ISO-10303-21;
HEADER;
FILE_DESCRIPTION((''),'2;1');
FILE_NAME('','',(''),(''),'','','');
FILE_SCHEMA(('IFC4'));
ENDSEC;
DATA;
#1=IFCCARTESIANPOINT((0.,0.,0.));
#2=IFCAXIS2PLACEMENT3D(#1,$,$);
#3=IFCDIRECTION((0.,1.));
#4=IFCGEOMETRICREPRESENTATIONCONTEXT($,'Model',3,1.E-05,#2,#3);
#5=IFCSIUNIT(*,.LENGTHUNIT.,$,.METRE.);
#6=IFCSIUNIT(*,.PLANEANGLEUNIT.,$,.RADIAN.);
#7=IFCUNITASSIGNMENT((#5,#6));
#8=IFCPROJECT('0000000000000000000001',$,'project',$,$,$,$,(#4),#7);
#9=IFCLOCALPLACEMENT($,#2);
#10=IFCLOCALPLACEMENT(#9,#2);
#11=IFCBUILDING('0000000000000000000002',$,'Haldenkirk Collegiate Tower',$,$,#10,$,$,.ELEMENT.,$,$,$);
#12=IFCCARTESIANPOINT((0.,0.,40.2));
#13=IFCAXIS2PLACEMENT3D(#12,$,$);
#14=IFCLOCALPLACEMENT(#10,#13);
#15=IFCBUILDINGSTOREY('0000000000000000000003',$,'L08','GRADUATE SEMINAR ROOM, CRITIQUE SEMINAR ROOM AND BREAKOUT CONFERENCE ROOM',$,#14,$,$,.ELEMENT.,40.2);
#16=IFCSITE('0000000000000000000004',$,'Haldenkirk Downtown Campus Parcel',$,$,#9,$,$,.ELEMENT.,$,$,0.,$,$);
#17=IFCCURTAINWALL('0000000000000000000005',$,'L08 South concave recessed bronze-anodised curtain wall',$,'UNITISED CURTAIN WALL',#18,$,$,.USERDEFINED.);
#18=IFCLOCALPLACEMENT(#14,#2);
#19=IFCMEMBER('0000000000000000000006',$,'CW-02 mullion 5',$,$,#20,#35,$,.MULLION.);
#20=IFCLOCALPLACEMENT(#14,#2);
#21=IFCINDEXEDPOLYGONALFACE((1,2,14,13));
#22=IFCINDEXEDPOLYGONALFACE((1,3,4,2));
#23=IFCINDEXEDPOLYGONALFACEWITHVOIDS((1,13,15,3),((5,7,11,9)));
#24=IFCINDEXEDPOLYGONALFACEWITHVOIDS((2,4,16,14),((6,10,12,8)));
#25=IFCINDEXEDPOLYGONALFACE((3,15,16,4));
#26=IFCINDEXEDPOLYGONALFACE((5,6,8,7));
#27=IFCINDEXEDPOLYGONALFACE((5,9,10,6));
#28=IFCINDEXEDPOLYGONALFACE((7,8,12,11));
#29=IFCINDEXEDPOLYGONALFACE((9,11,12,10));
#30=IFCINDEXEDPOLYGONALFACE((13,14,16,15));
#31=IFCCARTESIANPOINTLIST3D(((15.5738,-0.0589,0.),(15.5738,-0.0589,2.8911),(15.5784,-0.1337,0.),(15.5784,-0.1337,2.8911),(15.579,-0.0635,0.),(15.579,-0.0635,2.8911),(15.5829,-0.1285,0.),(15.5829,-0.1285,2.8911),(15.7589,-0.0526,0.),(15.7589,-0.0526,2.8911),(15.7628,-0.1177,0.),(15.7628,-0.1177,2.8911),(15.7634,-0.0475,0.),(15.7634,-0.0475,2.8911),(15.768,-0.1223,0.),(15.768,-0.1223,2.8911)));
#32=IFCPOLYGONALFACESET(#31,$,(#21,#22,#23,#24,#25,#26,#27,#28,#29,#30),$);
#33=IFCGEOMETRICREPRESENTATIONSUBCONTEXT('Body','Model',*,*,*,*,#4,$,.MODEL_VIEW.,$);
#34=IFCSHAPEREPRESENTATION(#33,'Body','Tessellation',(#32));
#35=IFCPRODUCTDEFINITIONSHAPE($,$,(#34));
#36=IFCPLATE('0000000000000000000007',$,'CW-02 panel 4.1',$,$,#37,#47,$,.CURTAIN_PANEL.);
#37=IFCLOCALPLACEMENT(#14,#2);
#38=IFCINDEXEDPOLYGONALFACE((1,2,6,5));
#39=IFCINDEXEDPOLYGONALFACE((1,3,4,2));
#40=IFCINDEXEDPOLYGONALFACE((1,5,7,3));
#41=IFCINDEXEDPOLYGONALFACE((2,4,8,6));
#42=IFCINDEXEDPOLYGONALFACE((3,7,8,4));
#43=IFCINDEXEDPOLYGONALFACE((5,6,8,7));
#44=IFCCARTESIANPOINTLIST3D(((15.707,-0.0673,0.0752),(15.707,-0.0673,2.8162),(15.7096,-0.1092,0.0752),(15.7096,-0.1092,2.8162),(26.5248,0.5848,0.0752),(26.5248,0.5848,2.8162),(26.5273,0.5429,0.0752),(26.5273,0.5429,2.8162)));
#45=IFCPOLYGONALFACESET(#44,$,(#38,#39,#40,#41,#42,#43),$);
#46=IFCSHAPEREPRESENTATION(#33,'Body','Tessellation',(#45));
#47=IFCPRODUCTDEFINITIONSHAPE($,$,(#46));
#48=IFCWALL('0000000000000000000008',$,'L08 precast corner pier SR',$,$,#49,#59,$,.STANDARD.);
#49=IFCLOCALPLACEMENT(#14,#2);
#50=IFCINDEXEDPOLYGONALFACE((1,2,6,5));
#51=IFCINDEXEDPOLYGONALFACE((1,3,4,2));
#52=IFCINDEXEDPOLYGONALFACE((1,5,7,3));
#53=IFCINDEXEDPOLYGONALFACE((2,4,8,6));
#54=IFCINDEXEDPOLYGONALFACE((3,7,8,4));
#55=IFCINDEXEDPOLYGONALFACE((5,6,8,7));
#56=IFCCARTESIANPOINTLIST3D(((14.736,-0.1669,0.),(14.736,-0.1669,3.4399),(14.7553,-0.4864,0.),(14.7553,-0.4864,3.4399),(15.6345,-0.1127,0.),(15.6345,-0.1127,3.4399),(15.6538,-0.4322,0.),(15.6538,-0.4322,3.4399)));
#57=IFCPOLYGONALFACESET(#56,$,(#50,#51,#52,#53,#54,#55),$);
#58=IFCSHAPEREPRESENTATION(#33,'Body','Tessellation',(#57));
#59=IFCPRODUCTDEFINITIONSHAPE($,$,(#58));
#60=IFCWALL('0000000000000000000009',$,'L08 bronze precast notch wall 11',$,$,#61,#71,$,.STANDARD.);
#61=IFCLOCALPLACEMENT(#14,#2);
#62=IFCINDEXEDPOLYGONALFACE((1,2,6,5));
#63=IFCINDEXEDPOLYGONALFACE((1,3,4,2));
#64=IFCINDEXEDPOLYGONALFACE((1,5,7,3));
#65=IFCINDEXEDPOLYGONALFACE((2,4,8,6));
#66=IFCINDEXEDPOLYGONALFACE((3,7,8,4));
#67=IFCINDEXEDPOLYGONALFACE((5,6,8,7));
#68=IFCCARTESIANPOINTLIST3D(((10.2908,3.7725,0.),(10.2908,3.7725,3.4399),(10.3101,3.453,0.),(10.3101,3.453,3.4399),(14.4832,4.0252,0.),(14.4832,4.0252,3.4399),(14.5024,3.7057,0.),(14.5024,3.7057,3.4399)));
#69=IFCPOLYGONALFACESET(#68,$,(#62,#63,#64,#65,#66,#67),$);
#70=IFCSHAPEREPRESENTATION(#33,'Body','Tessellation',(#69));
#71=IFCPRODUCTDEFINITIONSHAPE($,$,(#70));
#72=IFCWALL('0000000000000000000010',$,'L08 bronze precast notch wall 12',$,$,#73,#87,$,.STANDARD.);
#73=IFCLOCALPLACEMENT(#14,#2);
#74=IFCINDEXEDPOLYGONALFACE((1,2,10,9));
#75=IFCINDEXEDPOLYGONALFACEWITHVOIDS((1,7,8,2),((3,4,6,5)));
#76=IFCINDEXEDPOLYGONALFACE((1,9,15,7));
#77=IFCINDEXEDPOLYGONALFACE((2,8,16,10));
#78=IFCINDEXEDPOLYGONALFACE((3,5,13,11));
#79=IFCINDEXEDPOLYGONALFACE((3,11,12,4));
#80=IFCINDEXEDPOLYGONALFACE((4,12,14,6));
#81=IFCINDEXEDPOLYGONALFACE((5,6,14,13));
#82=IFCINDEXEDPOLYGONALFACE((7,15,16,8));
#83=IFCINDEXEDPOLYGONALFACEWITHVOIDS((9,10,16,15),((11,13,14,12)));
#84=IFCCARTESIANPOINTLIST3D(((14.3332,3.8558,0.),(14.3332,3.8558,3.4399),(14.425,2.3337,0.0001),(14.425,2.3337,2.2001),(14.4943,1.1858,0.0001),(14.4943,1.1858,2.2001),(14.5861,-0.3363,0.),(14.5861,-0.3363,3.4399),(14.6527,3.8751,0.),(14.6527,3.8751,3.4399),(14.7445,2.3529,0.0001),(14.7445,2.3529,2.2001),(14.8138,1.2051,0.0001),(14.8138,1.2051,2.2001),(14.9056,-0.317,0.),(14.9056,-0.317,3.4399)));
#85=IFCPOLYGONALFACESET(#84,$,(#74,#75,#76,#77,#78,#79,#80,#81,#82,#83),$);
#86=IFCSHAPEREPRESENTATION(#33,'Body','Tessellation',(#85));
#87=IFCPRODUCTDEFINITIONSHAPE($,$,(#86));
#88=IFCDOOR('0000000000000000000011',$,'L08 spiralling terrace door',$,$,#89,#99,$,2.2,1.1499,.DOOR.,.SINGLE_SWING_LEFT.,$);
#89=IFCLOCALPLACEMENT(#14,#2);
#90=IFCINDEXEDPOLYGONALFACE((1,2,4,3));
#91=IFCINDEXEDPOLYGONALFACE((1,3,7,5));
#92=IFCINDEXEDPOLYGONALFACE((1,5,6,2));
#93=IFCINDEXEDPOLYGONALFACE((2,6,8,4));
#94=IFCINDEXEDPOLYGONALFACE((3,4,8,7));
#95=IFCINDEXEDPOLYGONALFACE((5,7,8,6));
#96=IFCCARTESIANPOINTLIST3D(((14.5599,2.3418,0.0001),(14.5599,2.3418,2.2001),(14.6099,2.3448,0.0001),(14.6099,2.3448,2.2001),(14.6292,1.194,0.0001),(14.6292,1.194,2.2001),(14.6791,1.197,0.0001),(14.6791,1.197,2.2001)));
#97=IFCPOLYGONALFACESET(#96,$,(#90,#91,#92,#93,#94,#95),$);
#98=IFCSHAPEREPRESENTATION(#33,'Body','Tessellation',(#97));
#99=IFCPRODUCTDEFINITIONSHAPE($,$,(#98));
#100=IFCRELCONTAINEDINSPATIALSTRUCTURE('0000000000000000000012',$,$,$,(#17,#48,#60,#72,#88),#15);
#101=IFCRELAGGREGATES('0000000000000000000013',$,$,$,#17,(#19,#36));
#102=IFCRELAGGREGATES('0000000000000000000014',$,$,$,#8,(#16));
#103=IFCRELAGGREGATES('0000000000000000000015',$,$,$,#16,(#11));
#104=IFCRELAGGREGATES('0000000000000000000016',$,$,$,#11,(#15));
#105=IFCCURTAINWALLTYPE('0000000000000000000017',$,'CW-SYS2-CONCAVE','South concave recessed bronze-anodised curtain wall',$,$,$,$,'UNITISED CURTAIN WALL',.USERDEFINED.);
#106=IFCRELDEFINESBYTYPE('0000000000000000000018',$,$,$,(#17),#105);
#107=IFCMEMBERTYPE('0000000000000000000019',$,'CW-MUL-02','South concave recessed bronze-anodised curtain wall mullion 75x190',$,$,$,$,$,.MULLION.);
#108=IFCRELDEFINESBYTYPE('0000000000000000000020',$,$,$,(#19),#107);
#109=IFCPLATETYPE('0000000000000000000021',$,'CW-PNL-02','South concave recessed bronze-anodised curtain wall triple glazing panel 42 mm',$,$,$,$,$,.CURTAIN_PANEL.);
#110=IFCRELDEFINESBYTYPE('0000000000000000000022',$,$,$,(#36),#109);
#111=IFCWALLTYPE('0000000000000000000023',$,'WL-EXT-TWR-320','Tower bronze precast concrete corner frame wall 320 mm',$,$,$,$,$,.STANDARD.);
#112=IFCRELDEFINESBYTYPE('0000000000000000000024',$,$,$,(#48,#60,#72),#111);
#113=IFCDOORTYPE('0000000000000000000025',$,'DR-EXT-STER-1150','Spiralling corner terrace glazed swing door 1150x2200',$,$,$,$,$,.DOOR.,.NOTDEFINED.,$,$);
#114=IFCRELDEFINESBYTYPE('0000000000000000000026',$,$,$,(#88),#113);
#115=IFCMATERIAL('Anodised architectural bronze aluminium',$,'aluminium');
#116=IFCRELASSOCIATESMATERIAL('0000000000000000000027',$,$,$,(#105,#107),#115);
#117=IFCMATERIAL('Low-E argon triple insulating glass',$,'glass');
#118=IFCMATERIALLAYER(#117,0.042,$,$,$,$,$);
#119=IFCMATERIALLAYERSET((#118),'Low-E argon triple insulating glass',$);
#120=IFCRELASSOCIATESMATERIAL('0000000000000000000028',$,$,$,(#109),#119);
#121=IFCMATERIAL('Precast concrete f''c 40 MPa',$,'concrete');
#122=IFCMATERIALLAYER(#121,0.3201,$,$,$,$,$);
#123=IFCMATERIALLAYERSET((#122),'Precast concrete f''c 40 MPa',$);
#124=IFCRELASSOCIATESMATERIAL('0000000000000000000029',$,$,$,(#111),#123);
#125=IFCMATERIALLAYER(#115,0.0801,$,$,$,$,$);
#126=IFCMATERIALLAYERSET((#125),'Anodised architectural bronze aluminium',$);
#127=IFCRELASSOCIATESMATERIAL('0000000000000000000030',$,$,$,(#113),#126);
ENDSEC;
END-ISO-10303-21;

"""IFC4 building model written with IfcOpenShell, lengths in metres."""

from ifc_helpers import new_model, si_unit, direction, frame, frame_2d, origin, origin_2d, place, context, subcontext, project, spatial, rectangle, hollow_rectangle, extrude, source, transform, mapped, material, layer, layer_set, material_profile, profile_set, type_object, element, fill, aggregate, save


model = new_model("IFC4")

# Units and contexts
model_context = context("Model", 3, precision=1e-05, world=origin(), true_north=direction((0.0, 1.0)))
body_context = subcontext(model_context, "Body", "Model", "MODEL_VIEW")
ifc_project = project(units=[si_unit("LENGTHUNIT", "METRE"), si_unit("PLANEANGLEUNIT", "RADIAN")], contexts=[model_context])

# Site, building, storey
site_placement = place(None, origin())
site = spatial("IfcSite", under=ifc_project, at=site_placement, Name="Haldenkirk Downtown Campus Parcel", CompositionType="ELEMENT", RefElevation=0.0)
building_placement = place(site_placement, origin())
building = spatial("IfcBuilding", under=site, at=building_placement, Name="Haldenkirk Collegiate Tower", CompositionType="ELEMENT")
storey_placement = place(building_placement, frame((0.0, 0.0, 40.2)))
storey = spatial("IfcBuildingStorey", under=building, at=storey_placement, Name="L08", Description="GRADUATE SEMINAR ROOM, CRITIQUE SEMINAR ROOM AND BREAKOUT CONFERENCE ROOM", CompositionType="ELEMENT", Elevation=40.2)

# Curtain wall, member, plate
ifc_material_1 = material(Name="Anodised architectural bronze aluminium", Category="aluminium")
curtain_wall_type = type_object("IfcCurtainWallType", Name="CW-SYS2-CONCAVE", Description="South concave recessed bronze-anodised curtain wall", ElementType="UNITISED CURTAIN WALL", PredefinedType="USERDEFINED", material=ifc_material_1)
curtain_wall_placement = place(storey_placement, origin())
curtain_wall = element("IfcCurtainWall", 1, at=curtain_wall_placement, inside=storey, type_object=curtain_wall_type, Name="L08 South concave recessed bronze-anodised curtain wall", ObjectType="UNITISED CURTAIN WALL", PredefinedType="USERDEFINED")
ifc_material_profile_1 = material_profile(ifc_material_1, hollow_rectangle(XDim=0.075, YDim=0.1899, WallThickness=0.0049, at=origin_2d()), Name="CW-MUL-02")
ifc_profile_set_1 = profile_set([ifc_material_profile_1], Name="Anodised architectural bronze aluminium")
member_type = type_object("IfcMemberType", Name="CW-MUL-02", Description="South concave recessed bronze-anodised curtain wall mullion 75x190", PredefinedType="MULLION", material=ifc_profile_set_1)
member_placement = place(storey_placement, frame((15.6709, -0.0906, 0.0), z_axis=(0.0, 0.0, 1.0), x_axis=(0.060176, -0.998188, 0.0)))
member = element("IfcMember", 2, at=member_placement, type_object=member_type, Name="CW-02 mullion 5", PredefinedType="MULLION", context=body_context, shape_type="SweptSolid", body=[
    extrude(hollow_rectangle(XDim=0.075, YDim=0.1899, WallThickness=0.0049, at=origin_2d()), origin(), (0.0, 0.0, 1.0), 2.8911),
])
ifc_material_2 = material(Name="Low-E argon triple insulating glass", Category="glass")
ifc_layer_1 = layer(ifc_material_2, 0.042)
ifc_layer_set_1 = layer_set([ifc_layer_1], Name="Low-E argon triple insulating glass")
plate_type = type_object("IfcPlateType", Name="CW-PNL-02", Description="South concave recessed bronze-anodised curtain wall triple glazing panel 42 mm", PredefinedType="CURTAIN_PANEL", material=ifc_layer_set_1)
shared_shape_1 = source(origin(), body_context, "Body", "SweptSolid", [
    extrude(rectangle(XDim=10.8374, YDim=0.042, at=origin_2d()), origin(), (0.0, 0.0, 1.0), 2.741),
])
plate_placement = place(storey_placement, frame((21.1172, 0.2378, 0.0752), z_axis=(0.0, 0.0, 1.0), x_axis=(-0.998188, -0.060176, 0.0)))
plate = element("IfcPlate", 3, at=plate_placement, type_object=plate_type, Name="CW-02 panel 4.1", PredefinedType="CURTAIN_PANEL", context=body_context, shape_type="MappedRepresentation", body=[
    mapped(shared_shape_1, transform((0.0, 0.0, 0.0), x_axis=(1.0, 0.0, 0.0), y_axis=(0.0, 1.0, 0.0), z_axis=(0.0, 0.0, 1.0), scale=1.0)),
])
aggregate(curtain_wall, [member, plate])

# Walls
ifc_material_3 = material(Name="Precast concrete f'c 40 MPa", Category="concrete")
ifc_layer_2 = layer(ifc_material_3, 0.3201)
ifc_layer_set_2 = layer_set([ifc_layer_2], Name="Precast concrete f'c 40 MPa")
wall_type_1 = type_object("IfcWallType", Name="WL-EXT-TWR-320", Description="Tower bronze precast concrete corner frame wall 320 mm", PredefinedType="STANDARD", material=ifc_layer_set_2)
wall_1_placement = place(storey_placement, frame((15.6443, -0.2725, 0.0), z_axis=(0.0, 0.0, 1.0), x_axis=(-0.998185, -0.060217, 0.0)))
element("IfcWall", 4, at=wall_1_placement, inside=storey, type_object=wall_type_1, Name="L08 precast corner pier SR", PredefinedType="STANDARD", context=body_context, shape_type="SweptSolid", body=[
    extrude(rectangle(XDim=0.9001, YDim=0.3201, at=frame_2d((0.4502, 0.0))), origin(), (0.0, 0.0, 1.0), 3.4399),
])
wall_2_placement = place(storey_placement, frame((14.4929, 3.8655, 0.0), z_axis=(0.0, 0.0, 1.0), x_axis=(-0.998189, -0.060163, 0.0)))
element("IfcWall", 5, at=wall_2_placement, inside=storey, type_object=wall_type_1, Name="L08 bronze precast notch wall 11", PredefinedType="STANDARD", context=body_context, shape_type="SweptSolid", body=[
    extrude(rectangle(XDim=4.2, YDim=0.3201, at=frame_2d((2.1001, 0.0))), origin(), (0.0, 0.0, 1.0), 3.4399),
])

# Wall, opening, door
wall_3_placement = place(storey_placement, frame((14.7458, -0.3267, 0.0), z_axis=(0.0, 0.0, 1.0), x_axis=(-0.060225, 0.998185, 0.0)))
wall_3 = element("IfcWall", 6, at=wall_3_placement, inside=storey, type_object=wall_type_1, Name="L08 bronze precast notch wall 12", PredefinedType="STANDARD", context=body_context, shape_type="SweptSolid", body=[
    extrude(rectangle(XDim=4.1997, YDim=0.3201, at=frame_2d((2.0999, 0.0))), origin(), (0.0, 0.0, 1.0), 3.4399),
])
opening_1_placement = place(wall_3_placement, frame((1.5249, 0.0, 0.0)))
opening_1 = element("IfcOpeningElement", 7, at=opening_1_placement, cuts=wall_3, PredefinedType="OPENING", context=body_context, shape_type="SweptSolid", body=[
    extrude(rectangle(XDim=1.1499, YDim=2.2, at=frame_2d((0.575, 1.1001))), frame((0.0, 0.1699, 0.0), z_axis=(0.0, -1.0, 0.0), x_axis=(1.0, 0.0, 0.0)), (0.0, 0.0, 1.0), 0.3401),
])
ifc_layer_3 = layer(ifc_material_1, 0.0801)
ifc_layer_set_3 = layer_set([ifc_layer_3], Name="Anodised architectural bronze aluminium")
door_type_1 = type_object("IfcDoorType", Name="DR-EXT-STER-1150", Description="Spiralling corner terrace glazed swing door 1150x2200", OperationType="NOTDEFINED", PredefinedType="DOOR", material=ifc_layer_set_3)
door_1_placement = place(opening_1_placement, origin())
door_1 = element("IfcDoor", 8, at=door_1_placement, inside=storey, type_object=door_type_1, Name="L08 spiralling terrace door", OperationType="SINGLE_SWING_LEFT", OverallHeight=2.2, OverallWidth=1.1499, PredefinedType="DOOR", context=body_context, shape_type="SweptSolid", body=[
    extrude(rectangle(XDim=1.1499, YDim=2.2, at=frame_2d((0.575, 1.1001))), frame((0.0, 0.0249, 0.0), z_axis=(0.0, -1.0, 0.0), x_axis=(1.0, 0.0, 0.0)), (0.0, 0.0, 1.0), 0.05),
])
fill(opening_1, door_1)

save(model, "model.ifc")
